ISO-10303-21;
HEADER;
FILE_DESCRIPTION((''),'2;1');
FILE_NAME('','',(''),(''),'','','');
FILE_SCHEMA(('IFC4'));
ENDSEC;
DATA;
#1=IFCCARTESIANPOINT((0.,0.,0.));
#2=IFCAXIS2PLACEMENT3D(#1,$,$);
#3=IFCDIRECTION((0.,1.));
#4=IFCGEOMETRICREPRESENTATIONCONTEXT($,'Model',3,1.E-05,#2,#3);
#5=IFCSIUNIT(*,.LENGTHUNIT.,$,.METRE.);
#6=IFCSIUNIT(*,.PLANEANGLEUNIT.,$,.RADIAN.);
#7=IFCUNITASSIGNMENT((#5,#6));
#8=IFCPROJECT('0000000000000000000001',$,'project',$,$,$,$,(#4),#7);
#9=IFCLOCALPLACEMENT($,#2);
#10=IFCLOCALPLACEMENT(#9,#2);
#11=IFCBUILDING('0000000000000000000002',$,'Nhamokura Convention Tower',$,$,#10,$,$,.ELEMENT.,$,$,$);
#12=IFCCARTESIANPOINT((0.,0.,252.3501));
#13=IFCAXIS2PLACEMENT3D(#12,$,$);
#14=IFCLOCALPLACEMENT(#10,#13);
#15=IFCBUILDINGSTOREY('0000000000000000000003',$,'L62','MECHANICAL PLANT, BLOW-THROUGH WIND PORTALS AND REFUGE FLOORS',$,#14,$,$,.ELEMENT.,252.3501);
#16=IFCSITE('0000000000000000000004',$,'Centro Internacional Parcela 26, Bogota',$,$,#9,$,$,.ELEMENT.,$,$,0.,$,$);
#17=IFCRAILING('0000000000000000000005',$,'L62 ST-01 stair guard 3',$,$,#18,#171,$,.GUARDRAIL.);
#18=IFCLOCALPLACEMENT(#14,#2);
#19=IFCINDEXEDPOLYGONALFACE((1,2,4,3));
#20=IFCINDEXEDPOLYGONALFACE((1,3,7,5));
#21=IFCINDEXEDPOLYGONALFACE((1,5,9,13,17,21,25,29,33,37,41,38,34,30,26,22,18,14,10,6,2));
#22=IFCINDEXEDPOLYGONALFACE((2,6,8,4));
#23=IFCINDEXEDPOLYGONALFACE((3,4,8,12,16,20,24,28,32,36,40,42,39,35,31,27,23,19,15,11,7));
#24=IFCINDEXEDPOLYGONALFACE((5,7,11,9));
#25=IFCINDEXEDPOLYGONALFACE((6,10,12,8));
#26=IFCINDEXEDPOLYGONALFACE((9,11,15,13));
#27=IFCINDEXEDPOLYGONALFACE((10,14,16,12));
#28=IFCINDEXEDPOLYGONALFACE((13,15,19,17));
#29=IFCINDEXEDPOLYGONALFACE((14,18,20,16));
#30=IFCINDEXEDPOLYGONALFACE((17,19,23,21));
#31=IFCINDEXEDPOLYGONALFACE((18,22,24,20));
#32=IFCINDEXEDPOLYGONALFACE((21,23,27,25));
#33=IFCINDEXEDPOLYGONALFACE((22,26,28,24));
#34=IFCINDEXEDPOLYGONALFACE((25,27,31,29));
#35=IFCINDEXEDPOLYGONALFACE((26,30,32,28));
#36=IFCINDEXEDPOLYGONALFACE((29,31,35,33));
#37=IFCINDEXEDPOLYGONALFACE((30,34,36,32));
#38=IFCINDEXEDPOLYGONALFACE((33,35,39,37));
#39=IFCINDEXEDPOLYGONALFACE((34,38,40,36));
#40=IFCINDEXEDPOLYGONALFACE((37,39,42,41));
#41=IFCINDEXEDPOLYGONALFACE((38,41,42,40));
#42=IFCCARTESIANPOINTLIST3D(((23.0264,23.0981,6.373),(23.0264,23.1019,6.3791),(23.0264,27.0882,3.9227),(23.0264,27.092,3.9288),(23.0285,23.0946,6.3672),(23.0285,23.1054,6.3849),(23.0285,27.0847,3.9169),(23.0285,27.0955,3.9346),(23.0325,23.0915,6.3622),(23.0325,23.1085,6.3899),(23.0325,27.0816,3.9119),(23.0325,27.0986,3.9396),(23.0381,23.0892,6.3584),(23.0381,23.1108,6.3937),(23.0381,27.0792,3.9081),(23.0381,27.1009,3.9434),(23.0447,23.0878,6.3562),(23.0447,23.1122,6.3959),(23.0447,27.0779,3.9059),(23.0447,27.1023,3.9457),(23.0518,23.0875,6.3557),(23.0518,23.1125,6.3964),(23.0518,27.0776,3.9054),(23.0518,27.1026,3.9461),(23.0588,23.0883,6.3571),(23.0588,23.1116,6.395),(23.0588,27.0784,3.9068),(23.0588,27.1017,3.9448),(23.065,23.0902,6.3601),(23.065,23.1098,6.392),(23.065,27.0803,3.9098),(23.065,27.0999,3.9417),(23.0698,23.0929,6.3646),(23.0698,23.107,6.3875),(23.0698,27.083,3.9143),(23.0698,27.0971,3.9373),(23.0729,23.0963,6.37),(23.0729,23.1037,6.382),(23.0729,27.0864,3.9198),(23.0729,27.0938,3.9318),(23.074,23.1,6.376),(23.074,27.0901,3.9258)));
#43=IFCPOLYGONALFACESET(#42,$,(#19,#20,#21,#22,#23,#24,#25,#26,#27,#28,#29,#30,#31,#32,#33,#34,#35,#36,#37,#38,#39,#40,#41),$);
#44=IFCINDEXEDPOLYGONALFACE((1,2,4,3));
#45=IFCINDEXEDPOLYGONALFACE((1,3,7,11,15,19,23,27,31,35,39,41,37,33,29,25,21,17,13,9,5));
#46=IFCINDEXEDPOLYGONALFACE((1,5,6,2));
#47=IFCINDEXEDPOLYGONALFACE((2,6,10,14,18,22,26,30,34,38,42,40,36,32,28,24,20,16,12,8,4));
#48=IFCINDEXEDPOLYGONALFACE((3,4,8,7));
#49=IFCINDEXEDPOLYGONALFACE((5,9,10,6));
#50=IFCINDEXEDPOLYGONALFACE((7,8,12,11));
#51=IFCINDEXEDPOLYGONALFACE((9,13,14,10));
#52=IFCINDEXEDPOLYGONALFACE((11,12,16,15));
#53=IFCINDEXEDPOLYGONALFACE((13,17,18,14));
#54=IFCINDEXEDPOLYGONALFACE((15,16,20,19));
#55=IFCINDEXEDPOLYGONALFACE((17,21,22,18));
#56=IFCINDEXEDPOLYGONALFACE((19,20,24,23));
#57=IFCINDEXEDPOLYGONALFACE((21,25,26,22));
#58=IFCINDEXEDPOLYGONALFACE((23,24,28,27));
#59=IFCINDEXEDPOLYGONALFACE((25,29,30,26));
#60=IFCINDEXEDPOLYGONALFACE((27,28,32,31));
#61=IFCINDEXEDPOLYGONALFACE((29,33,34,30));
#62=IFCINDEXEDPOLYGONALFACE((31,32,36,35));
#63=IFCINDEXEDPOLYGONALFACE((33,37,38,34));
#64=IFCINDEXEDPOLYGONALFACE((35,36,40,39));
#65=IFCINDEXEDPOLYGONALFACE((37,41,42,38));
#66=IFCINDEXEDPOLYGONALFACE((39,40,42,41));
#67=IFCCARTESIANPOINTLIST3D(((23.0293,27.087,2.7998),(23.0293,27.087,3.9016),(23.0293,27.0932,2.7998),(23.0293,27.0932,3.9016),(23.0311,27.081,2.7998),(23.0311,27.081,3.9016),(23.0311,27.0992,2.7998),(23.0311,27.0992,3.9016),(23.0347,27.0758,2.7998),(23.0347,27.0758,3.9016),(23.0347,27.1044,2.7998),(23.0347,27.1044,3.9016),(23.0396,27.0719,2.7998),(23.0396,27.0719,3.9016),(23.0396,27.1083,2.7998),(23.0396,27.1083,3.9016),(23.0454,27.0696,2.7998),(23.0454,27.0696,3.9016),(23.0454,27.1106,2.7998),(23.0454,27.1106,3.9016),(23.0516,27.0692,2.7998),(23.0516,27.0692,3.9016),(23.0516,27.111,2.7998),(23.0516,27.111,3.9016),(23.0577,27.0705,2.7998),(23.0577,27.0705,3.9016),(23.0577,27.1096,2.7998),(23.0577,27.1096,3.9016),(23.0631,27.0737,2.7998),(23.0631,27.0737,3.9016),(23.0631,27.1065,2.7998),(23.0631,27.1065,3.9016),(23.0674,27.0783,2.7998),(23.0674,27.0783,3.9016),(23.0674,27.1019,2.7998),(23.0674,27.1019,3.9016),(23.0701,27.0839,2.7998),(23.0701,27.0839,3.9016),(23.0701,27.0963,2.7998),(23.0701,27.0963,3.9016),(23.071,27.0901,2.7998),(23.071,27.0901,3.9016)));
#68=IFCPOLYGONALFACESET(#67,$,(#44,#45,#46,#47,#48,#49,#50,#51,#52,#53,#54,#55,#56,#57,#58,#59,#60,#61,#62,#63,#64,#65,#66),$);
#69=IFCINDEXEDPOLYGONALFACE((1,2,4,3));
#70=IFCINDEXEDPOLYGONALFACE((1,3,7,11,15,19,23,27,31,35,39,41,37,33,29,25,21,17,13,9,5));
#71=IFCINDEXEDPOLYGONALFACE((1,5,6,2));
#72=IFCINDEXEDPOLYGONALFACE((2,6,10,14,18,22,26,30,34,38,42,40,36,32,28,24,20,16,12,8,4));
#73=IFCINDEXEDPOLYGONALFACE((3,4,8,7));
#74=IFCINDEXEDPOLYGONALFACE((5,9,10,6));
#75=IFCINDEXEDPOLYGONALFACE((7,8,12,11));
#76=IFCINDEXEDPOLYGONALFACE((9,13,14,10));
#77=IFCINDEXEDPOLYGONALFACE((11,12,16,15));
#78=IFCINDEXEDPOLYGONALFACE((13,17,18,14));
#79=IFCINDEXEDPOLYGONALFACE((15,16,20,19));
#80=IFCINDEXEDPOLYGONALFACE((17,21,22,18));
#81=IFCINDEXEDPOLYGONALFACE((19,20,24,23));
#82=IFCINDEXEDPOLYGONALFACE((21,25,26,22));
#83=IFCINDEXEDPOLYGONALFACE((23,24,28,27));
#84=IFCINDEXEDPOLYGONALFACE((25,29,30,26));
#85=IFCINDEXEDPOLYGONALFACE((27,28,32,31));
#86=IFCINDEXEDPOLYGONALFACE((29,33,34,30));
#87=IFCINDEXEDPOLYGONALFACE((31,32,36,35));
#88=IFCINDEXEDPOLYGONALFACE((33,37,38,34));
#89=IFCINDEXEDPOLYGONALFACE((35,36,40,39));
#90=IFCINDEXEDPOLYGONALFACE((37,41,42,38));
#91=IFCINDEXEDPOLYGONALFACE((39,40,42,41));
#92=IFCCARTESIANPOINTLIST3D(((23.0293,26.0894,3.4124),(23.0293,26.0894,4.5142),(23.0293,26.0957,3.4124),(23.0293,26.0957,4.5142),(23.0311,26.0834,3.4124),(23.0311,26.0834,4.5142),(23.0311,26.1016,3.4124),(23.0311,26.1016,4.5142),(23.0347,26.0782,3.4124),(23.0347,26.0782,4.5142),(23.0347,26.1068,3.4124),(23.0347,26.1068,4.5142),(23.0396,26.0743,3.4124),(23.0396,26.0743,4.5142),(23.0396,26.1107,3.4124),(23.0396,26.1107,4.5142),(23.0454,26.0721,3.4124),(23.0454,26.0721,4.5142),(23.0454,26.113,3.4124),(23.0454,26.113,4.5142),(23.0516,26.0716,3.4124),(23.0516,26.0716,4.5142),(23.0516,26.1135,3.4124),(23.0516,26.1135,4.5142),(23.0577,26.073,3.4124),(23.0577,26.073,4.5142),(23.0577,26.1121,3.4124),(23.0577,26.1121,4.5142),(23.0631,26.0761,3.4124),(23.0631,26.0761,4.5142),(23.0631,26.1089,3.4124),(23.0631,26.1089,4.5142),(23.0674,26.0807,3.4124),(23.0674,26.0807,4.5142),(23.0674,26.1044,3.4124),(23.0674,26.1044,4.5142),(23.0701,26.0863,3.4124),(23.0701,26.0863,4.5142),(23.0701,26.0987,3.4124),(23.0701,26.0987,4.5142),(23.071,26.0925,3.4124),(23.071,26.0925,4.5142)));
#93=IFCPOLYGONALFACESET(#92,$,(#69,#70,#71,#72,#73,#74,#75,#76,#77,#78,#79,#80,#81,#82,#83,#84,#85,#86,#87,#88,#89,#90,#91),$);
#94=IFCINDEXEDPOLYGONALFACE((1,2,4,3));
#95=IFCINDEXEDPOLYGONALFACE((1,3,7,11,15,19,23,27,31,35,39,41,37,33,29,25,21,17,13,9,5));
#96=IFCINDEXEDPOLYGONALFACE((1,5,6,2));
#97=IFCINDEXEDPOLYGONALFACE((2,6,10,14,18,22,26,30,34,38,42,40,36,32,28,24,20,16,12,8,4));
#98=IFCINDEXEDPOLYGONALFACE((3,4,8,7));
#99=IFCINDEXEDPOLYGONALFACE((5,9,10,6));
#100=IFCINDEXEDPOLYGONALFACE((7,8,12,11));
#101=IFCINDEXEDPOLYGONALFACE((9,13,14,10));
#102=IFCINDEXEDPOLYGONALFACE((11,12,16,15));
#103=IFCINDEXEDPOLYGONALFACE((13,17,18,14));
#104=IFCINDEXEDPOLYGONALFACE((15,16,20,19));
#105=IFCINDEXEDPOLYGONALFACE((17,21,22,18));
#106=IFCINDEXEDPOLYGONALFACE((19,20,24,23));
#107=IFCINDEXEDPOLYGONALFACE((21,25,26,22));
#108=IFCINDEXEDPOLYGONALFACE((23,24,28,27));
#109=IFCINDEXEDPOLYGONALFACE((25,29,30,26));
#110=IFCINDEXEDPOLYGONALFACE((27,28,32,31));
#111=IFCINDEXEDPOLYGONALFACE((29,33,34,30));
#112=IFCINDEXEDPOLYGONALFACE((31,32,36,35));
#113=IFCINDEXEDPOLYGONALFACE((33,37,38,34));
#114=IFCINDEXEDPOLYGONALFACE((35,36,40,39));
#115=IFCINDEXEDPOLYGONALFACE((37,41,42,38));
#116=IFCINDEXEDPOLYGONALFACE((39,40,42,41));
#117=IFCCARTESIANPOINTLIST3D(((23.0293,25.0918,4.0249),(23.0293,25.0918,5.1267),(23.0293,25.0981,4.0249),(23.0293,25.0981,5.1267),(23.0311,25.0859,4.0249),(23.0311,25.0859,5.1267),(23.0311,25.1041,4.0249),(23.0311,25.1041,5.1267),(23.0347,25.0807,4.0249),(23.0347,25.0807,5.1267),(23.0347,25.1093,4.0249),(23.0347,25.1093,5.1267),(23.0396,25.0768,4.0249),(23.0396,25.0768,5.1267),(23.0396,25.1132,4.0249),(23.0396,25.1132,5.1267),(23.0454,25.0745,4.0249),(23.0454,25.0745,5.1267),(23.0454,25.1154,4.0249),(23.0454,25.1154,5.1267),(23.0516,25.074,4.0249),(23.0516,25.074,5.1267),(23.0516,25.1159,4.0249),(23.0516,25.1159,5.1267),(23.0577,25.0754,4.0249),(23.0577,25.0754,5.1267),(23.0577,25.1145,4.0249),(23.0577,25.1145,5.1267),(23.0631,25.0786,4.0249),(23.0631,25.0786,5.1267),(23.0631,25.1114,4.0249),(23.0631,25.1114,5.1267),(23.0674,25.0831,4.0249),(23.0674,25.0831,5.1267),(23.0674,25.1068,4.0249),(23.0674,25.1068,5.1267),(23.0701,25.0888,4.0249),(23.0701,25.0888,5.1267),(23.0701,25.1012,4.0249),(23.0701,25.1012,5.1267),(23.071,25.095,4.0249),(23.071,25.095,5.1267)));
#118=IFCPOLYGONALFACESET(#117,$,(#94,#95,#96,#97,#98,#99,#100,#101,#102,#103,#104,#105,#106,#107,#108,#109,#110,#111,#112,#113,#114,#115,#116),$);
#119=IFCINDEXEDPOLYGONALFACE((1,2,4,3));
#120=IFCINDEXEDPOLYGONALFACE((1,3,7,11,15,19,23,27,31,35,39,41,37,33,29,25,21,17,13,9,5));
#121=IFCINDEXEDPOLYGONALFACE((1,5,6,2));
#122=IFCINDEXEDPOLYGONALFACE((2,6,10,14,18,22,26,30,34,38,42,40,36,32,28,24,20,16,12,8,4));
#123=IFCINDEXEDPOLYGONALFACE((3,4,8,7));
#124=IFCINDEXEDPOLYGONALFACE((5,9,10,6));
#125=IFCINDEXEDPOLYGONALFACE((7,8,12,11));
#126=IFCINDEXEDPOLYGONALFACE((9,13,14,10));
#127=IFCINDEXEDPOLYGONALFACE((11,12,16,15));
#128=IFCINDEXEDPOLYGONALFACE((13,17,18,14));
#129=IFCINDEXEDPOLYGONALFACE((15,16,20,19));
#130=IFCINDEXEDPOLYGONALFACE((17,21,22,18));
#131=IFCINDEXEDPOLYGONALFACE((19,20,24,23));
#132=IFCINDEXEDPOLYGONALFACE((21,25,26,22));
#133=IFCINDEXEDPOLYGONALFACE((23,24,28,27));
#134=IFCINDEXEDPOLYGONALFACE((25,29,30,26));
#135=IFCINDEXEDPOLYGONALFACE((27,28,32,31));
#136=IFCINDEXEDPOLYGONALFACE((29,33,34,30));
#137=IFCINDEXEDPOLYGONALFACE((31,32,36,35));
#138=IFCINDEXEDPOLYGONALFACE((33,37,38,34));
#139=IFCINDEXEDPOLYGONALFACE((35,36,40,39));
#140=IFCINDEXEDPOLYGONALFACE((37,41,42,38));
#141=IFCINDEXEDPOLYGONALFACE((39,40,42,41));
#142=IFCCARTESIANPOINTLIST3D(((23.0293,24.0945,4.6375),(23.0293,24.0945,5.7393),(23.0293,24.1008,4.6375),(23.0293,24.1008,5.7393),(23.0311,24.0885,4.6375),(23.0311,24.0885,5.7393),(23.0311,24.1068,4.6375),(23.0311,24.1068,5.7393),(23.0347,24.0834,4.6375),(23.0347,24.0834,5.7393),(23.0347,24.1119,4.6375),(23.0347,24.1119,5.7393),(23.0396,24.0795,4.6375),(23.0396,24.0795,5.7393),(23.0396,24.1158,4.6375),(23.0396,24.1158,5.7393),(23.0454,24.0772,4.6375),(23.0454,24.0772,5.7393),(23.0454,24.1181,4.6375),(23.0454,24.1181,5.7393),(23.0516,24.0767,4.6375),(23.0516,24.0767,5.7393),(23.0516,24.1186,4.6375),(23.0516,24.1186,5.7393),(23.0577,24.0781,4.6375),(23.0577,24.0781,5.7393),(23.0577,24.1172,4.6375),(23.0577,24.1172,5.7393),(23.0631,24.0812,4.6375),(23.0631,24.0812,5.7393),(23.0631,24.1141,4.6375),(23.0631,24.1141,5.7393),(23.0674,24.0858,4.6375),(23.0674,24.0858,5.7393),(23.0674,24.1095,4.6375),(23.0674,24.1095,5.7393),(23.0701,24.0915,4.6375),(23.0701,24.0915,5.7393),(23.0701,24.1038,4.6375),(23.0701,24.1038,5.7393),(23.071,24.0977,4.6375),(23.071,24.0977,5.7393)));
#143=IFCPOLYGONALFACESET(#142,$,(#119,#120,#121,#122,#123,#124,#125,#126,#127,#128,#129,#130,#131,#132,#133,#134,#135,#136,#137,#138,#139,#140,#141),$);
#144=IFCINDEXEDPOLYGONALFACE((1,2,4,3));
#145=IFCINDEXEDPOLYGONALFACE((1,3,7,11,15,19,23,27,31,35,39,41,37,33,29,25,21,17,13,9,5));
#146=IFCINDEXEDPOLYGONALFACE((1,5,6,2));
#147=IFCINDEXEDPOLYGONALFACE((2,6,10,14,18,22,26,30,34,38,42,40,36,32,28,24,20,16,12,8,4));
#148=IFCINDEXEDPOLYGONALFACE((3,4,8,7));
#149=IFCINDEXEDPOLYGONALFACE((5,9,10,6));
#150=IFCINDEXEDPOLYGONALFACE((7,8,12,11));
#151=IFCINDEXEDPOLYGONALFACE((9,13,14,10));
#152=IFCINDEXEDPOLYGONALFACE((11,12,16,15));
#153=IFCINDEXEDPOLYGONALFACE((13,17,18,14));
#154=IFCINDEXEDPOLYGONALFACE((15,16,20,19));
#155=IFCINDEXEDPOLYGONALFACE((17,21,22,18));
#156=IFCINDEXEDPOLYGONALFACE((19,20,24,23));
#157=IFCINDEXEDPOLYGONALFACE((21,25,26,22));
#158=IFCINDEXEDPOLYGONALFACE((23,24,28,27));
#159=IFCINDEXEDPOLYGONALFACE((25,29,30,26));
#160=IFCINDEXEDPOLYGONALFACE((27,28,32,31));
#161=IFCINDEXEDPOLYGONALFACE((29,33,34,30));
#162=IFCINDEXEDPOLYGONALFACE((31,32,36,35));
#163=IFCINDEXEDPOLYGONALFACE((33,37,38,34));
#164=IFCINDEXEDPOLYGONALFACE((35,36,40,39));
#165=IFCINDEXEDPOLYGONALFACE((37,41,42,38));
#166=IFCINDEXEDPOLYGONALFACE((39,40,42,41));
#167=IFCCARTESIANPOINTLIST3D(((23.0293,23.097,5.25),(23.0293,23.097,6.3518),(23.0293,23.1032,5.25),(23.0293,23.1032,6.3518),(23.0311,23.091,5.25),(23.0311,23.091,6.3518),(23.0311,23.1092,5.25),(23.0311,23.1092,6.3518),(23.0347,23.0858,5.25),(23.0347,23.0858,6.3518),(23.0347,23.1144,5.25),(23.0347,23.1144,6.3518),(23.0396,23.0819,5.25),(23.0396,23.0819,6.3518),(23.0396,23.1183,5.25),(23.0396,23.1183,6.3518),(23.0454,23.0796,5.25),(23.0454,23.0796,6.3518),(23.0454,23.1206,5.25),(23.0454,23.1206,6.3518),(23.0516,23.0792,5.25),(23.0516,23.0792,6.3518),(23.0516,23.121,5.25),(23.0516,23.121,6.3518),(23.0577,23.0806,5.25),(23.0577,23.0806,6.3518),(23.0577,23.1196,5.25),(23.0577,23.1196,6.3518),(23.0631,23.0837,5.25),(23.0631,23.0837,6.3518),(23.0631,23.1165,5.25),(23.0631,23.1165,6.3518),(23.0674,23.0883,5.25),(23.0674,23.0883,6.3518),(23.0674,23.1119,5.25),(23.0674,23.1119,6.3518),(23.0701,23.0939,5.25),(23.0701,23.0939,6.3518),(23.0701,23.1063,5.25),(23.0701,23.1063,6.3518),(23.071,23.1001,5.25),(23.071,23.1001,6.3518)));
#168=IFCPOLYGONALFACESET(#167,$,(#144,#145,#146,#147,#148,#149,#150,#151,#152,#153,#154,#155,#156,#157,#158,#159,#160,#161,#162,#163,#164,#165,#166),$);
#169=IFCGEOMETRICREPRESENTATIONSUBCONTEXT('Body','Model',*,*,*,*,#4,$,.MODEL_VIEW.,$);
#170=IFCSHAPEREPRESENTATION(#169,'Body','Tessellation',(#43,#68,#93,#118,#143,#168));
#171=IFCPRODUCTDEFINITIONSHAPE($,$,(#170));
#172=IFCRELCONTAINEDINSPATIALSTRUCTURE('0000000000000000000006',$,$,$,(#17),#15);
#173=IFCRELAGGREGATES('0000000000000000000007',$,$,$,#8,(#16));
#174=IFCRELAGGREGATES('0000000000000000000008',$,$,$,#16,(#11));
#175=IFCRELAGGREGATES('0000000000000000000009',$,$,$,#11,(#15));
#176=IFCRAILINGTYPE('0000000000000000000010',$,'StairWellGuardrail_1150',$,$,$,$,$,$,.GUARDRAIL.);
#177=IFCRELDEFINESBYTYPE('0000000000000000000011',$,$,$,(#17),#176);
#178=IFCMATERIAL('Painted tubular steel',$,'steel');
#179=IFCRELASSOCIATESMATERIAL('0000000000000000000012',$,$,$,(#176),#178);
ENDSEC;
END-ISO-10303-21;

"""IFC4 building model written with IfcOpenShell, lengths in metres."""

from ifc_helpers import new_model, si_unit, direction, frame, origin, origin_2d, place, context, subcontext, project, spatial, circle, extrude, material, type_object, element, save


model = new_model("IFC4")

# Units and contexts
model_context = context("Model", 3, precision=1e-05, world=origin(), true_north=direction((0.0, 1.0)))
body_context = subcontext(model_context, "Body", "Model", "MODEL_VIEW")
ifc_project = project(units=[si_unit("LENGTHUNIT", "METRE"), si_unit("PLANEANGLEUNIT", "RADIAN")], contexts=[model_context])

# Site, building, storey
site_placement = place(None, origin())
site = spatial("IfcSite", under=ifc_project, at=site_placement, Name="Centro Internacional Parcela 26, Bogota", CompositionType="ELEMENT", RefElevation=0.0)
building_placement = place(site_placement, origin())
building = spatial("IfcBuilding", under=site, at=building_placement, Name="Nhamokura Convention Tower", CompositionType="ELEMENT")
storey_placement = place(building_placement, frame((0.0, 0.0, 252.3501)))
storey = spatial("IfcBuildingStorey", under=building, at=storey_placement, Name="L62", Description="MECHANICAL PLANT, BLOW-THROUGH WIND PORTALS AND REFUGE FLOORS", CompositionType="ELEMENT", Elevation=252.3501)

# Railing
ifc_material_1 = material(Name="Painted tubular steel", Category="steel")
railing_type_1 = type_object("IfcRailingType", Name="StairWellGuardrail_1150", PredefinedType="GUARDRAIL", material=ifc_material_1)
railing_1_placement = place(storey_placement, frame((23.05, 27.0901, 2.7998)))
element("IfcRailing", 1, at=railing_1_placement, inside=storey, type_object=railing_type_1, Name="L62 ST-01 stair guard 3", PredefinedType="GUARDRAIL", context=body_context, shape_type="SweptSolid", body=[
    extrude(circle(Radius=0.0239, at=origin_2d()), frame((0.0, 0.0, 1.126), z_axis=(0.0, -0.852152, 0.523294), x_axis=(1.0, 0.0, 0.0)), (0.0, 0.0, 1.0), 4.6824),
    extrude(circle(Radius=0.021, at=origin_2d()), origin(), (0.0, 0.0, 1.0), 1.1018),
    extrude(circle(Radius=0.021, at=origin_2d()), frame((0.0, -0.9976, 0.6125)), (0.0, 0.0, 1.0), 1.1018),
    extrude(circle(Radius=0.021, at=origin_2d()), frame((0.0, -1.9951, 1.2251)), (0.0, 0.0, 1.0), 1.1018),
    extrude(circle(Radius=0.021, at=origin_2d()), frame((0.0, -2.9924, 1.8376)), (0.0, 0.0, 1.0), 1.1018),
    extrude(circle(Radius=0.021, at=origin_2d()), frame((0.0, -3.99, 2.4502)), (0.0, 0.0, 1.0), 1.1018),
])

save(model, "model.ifc")
